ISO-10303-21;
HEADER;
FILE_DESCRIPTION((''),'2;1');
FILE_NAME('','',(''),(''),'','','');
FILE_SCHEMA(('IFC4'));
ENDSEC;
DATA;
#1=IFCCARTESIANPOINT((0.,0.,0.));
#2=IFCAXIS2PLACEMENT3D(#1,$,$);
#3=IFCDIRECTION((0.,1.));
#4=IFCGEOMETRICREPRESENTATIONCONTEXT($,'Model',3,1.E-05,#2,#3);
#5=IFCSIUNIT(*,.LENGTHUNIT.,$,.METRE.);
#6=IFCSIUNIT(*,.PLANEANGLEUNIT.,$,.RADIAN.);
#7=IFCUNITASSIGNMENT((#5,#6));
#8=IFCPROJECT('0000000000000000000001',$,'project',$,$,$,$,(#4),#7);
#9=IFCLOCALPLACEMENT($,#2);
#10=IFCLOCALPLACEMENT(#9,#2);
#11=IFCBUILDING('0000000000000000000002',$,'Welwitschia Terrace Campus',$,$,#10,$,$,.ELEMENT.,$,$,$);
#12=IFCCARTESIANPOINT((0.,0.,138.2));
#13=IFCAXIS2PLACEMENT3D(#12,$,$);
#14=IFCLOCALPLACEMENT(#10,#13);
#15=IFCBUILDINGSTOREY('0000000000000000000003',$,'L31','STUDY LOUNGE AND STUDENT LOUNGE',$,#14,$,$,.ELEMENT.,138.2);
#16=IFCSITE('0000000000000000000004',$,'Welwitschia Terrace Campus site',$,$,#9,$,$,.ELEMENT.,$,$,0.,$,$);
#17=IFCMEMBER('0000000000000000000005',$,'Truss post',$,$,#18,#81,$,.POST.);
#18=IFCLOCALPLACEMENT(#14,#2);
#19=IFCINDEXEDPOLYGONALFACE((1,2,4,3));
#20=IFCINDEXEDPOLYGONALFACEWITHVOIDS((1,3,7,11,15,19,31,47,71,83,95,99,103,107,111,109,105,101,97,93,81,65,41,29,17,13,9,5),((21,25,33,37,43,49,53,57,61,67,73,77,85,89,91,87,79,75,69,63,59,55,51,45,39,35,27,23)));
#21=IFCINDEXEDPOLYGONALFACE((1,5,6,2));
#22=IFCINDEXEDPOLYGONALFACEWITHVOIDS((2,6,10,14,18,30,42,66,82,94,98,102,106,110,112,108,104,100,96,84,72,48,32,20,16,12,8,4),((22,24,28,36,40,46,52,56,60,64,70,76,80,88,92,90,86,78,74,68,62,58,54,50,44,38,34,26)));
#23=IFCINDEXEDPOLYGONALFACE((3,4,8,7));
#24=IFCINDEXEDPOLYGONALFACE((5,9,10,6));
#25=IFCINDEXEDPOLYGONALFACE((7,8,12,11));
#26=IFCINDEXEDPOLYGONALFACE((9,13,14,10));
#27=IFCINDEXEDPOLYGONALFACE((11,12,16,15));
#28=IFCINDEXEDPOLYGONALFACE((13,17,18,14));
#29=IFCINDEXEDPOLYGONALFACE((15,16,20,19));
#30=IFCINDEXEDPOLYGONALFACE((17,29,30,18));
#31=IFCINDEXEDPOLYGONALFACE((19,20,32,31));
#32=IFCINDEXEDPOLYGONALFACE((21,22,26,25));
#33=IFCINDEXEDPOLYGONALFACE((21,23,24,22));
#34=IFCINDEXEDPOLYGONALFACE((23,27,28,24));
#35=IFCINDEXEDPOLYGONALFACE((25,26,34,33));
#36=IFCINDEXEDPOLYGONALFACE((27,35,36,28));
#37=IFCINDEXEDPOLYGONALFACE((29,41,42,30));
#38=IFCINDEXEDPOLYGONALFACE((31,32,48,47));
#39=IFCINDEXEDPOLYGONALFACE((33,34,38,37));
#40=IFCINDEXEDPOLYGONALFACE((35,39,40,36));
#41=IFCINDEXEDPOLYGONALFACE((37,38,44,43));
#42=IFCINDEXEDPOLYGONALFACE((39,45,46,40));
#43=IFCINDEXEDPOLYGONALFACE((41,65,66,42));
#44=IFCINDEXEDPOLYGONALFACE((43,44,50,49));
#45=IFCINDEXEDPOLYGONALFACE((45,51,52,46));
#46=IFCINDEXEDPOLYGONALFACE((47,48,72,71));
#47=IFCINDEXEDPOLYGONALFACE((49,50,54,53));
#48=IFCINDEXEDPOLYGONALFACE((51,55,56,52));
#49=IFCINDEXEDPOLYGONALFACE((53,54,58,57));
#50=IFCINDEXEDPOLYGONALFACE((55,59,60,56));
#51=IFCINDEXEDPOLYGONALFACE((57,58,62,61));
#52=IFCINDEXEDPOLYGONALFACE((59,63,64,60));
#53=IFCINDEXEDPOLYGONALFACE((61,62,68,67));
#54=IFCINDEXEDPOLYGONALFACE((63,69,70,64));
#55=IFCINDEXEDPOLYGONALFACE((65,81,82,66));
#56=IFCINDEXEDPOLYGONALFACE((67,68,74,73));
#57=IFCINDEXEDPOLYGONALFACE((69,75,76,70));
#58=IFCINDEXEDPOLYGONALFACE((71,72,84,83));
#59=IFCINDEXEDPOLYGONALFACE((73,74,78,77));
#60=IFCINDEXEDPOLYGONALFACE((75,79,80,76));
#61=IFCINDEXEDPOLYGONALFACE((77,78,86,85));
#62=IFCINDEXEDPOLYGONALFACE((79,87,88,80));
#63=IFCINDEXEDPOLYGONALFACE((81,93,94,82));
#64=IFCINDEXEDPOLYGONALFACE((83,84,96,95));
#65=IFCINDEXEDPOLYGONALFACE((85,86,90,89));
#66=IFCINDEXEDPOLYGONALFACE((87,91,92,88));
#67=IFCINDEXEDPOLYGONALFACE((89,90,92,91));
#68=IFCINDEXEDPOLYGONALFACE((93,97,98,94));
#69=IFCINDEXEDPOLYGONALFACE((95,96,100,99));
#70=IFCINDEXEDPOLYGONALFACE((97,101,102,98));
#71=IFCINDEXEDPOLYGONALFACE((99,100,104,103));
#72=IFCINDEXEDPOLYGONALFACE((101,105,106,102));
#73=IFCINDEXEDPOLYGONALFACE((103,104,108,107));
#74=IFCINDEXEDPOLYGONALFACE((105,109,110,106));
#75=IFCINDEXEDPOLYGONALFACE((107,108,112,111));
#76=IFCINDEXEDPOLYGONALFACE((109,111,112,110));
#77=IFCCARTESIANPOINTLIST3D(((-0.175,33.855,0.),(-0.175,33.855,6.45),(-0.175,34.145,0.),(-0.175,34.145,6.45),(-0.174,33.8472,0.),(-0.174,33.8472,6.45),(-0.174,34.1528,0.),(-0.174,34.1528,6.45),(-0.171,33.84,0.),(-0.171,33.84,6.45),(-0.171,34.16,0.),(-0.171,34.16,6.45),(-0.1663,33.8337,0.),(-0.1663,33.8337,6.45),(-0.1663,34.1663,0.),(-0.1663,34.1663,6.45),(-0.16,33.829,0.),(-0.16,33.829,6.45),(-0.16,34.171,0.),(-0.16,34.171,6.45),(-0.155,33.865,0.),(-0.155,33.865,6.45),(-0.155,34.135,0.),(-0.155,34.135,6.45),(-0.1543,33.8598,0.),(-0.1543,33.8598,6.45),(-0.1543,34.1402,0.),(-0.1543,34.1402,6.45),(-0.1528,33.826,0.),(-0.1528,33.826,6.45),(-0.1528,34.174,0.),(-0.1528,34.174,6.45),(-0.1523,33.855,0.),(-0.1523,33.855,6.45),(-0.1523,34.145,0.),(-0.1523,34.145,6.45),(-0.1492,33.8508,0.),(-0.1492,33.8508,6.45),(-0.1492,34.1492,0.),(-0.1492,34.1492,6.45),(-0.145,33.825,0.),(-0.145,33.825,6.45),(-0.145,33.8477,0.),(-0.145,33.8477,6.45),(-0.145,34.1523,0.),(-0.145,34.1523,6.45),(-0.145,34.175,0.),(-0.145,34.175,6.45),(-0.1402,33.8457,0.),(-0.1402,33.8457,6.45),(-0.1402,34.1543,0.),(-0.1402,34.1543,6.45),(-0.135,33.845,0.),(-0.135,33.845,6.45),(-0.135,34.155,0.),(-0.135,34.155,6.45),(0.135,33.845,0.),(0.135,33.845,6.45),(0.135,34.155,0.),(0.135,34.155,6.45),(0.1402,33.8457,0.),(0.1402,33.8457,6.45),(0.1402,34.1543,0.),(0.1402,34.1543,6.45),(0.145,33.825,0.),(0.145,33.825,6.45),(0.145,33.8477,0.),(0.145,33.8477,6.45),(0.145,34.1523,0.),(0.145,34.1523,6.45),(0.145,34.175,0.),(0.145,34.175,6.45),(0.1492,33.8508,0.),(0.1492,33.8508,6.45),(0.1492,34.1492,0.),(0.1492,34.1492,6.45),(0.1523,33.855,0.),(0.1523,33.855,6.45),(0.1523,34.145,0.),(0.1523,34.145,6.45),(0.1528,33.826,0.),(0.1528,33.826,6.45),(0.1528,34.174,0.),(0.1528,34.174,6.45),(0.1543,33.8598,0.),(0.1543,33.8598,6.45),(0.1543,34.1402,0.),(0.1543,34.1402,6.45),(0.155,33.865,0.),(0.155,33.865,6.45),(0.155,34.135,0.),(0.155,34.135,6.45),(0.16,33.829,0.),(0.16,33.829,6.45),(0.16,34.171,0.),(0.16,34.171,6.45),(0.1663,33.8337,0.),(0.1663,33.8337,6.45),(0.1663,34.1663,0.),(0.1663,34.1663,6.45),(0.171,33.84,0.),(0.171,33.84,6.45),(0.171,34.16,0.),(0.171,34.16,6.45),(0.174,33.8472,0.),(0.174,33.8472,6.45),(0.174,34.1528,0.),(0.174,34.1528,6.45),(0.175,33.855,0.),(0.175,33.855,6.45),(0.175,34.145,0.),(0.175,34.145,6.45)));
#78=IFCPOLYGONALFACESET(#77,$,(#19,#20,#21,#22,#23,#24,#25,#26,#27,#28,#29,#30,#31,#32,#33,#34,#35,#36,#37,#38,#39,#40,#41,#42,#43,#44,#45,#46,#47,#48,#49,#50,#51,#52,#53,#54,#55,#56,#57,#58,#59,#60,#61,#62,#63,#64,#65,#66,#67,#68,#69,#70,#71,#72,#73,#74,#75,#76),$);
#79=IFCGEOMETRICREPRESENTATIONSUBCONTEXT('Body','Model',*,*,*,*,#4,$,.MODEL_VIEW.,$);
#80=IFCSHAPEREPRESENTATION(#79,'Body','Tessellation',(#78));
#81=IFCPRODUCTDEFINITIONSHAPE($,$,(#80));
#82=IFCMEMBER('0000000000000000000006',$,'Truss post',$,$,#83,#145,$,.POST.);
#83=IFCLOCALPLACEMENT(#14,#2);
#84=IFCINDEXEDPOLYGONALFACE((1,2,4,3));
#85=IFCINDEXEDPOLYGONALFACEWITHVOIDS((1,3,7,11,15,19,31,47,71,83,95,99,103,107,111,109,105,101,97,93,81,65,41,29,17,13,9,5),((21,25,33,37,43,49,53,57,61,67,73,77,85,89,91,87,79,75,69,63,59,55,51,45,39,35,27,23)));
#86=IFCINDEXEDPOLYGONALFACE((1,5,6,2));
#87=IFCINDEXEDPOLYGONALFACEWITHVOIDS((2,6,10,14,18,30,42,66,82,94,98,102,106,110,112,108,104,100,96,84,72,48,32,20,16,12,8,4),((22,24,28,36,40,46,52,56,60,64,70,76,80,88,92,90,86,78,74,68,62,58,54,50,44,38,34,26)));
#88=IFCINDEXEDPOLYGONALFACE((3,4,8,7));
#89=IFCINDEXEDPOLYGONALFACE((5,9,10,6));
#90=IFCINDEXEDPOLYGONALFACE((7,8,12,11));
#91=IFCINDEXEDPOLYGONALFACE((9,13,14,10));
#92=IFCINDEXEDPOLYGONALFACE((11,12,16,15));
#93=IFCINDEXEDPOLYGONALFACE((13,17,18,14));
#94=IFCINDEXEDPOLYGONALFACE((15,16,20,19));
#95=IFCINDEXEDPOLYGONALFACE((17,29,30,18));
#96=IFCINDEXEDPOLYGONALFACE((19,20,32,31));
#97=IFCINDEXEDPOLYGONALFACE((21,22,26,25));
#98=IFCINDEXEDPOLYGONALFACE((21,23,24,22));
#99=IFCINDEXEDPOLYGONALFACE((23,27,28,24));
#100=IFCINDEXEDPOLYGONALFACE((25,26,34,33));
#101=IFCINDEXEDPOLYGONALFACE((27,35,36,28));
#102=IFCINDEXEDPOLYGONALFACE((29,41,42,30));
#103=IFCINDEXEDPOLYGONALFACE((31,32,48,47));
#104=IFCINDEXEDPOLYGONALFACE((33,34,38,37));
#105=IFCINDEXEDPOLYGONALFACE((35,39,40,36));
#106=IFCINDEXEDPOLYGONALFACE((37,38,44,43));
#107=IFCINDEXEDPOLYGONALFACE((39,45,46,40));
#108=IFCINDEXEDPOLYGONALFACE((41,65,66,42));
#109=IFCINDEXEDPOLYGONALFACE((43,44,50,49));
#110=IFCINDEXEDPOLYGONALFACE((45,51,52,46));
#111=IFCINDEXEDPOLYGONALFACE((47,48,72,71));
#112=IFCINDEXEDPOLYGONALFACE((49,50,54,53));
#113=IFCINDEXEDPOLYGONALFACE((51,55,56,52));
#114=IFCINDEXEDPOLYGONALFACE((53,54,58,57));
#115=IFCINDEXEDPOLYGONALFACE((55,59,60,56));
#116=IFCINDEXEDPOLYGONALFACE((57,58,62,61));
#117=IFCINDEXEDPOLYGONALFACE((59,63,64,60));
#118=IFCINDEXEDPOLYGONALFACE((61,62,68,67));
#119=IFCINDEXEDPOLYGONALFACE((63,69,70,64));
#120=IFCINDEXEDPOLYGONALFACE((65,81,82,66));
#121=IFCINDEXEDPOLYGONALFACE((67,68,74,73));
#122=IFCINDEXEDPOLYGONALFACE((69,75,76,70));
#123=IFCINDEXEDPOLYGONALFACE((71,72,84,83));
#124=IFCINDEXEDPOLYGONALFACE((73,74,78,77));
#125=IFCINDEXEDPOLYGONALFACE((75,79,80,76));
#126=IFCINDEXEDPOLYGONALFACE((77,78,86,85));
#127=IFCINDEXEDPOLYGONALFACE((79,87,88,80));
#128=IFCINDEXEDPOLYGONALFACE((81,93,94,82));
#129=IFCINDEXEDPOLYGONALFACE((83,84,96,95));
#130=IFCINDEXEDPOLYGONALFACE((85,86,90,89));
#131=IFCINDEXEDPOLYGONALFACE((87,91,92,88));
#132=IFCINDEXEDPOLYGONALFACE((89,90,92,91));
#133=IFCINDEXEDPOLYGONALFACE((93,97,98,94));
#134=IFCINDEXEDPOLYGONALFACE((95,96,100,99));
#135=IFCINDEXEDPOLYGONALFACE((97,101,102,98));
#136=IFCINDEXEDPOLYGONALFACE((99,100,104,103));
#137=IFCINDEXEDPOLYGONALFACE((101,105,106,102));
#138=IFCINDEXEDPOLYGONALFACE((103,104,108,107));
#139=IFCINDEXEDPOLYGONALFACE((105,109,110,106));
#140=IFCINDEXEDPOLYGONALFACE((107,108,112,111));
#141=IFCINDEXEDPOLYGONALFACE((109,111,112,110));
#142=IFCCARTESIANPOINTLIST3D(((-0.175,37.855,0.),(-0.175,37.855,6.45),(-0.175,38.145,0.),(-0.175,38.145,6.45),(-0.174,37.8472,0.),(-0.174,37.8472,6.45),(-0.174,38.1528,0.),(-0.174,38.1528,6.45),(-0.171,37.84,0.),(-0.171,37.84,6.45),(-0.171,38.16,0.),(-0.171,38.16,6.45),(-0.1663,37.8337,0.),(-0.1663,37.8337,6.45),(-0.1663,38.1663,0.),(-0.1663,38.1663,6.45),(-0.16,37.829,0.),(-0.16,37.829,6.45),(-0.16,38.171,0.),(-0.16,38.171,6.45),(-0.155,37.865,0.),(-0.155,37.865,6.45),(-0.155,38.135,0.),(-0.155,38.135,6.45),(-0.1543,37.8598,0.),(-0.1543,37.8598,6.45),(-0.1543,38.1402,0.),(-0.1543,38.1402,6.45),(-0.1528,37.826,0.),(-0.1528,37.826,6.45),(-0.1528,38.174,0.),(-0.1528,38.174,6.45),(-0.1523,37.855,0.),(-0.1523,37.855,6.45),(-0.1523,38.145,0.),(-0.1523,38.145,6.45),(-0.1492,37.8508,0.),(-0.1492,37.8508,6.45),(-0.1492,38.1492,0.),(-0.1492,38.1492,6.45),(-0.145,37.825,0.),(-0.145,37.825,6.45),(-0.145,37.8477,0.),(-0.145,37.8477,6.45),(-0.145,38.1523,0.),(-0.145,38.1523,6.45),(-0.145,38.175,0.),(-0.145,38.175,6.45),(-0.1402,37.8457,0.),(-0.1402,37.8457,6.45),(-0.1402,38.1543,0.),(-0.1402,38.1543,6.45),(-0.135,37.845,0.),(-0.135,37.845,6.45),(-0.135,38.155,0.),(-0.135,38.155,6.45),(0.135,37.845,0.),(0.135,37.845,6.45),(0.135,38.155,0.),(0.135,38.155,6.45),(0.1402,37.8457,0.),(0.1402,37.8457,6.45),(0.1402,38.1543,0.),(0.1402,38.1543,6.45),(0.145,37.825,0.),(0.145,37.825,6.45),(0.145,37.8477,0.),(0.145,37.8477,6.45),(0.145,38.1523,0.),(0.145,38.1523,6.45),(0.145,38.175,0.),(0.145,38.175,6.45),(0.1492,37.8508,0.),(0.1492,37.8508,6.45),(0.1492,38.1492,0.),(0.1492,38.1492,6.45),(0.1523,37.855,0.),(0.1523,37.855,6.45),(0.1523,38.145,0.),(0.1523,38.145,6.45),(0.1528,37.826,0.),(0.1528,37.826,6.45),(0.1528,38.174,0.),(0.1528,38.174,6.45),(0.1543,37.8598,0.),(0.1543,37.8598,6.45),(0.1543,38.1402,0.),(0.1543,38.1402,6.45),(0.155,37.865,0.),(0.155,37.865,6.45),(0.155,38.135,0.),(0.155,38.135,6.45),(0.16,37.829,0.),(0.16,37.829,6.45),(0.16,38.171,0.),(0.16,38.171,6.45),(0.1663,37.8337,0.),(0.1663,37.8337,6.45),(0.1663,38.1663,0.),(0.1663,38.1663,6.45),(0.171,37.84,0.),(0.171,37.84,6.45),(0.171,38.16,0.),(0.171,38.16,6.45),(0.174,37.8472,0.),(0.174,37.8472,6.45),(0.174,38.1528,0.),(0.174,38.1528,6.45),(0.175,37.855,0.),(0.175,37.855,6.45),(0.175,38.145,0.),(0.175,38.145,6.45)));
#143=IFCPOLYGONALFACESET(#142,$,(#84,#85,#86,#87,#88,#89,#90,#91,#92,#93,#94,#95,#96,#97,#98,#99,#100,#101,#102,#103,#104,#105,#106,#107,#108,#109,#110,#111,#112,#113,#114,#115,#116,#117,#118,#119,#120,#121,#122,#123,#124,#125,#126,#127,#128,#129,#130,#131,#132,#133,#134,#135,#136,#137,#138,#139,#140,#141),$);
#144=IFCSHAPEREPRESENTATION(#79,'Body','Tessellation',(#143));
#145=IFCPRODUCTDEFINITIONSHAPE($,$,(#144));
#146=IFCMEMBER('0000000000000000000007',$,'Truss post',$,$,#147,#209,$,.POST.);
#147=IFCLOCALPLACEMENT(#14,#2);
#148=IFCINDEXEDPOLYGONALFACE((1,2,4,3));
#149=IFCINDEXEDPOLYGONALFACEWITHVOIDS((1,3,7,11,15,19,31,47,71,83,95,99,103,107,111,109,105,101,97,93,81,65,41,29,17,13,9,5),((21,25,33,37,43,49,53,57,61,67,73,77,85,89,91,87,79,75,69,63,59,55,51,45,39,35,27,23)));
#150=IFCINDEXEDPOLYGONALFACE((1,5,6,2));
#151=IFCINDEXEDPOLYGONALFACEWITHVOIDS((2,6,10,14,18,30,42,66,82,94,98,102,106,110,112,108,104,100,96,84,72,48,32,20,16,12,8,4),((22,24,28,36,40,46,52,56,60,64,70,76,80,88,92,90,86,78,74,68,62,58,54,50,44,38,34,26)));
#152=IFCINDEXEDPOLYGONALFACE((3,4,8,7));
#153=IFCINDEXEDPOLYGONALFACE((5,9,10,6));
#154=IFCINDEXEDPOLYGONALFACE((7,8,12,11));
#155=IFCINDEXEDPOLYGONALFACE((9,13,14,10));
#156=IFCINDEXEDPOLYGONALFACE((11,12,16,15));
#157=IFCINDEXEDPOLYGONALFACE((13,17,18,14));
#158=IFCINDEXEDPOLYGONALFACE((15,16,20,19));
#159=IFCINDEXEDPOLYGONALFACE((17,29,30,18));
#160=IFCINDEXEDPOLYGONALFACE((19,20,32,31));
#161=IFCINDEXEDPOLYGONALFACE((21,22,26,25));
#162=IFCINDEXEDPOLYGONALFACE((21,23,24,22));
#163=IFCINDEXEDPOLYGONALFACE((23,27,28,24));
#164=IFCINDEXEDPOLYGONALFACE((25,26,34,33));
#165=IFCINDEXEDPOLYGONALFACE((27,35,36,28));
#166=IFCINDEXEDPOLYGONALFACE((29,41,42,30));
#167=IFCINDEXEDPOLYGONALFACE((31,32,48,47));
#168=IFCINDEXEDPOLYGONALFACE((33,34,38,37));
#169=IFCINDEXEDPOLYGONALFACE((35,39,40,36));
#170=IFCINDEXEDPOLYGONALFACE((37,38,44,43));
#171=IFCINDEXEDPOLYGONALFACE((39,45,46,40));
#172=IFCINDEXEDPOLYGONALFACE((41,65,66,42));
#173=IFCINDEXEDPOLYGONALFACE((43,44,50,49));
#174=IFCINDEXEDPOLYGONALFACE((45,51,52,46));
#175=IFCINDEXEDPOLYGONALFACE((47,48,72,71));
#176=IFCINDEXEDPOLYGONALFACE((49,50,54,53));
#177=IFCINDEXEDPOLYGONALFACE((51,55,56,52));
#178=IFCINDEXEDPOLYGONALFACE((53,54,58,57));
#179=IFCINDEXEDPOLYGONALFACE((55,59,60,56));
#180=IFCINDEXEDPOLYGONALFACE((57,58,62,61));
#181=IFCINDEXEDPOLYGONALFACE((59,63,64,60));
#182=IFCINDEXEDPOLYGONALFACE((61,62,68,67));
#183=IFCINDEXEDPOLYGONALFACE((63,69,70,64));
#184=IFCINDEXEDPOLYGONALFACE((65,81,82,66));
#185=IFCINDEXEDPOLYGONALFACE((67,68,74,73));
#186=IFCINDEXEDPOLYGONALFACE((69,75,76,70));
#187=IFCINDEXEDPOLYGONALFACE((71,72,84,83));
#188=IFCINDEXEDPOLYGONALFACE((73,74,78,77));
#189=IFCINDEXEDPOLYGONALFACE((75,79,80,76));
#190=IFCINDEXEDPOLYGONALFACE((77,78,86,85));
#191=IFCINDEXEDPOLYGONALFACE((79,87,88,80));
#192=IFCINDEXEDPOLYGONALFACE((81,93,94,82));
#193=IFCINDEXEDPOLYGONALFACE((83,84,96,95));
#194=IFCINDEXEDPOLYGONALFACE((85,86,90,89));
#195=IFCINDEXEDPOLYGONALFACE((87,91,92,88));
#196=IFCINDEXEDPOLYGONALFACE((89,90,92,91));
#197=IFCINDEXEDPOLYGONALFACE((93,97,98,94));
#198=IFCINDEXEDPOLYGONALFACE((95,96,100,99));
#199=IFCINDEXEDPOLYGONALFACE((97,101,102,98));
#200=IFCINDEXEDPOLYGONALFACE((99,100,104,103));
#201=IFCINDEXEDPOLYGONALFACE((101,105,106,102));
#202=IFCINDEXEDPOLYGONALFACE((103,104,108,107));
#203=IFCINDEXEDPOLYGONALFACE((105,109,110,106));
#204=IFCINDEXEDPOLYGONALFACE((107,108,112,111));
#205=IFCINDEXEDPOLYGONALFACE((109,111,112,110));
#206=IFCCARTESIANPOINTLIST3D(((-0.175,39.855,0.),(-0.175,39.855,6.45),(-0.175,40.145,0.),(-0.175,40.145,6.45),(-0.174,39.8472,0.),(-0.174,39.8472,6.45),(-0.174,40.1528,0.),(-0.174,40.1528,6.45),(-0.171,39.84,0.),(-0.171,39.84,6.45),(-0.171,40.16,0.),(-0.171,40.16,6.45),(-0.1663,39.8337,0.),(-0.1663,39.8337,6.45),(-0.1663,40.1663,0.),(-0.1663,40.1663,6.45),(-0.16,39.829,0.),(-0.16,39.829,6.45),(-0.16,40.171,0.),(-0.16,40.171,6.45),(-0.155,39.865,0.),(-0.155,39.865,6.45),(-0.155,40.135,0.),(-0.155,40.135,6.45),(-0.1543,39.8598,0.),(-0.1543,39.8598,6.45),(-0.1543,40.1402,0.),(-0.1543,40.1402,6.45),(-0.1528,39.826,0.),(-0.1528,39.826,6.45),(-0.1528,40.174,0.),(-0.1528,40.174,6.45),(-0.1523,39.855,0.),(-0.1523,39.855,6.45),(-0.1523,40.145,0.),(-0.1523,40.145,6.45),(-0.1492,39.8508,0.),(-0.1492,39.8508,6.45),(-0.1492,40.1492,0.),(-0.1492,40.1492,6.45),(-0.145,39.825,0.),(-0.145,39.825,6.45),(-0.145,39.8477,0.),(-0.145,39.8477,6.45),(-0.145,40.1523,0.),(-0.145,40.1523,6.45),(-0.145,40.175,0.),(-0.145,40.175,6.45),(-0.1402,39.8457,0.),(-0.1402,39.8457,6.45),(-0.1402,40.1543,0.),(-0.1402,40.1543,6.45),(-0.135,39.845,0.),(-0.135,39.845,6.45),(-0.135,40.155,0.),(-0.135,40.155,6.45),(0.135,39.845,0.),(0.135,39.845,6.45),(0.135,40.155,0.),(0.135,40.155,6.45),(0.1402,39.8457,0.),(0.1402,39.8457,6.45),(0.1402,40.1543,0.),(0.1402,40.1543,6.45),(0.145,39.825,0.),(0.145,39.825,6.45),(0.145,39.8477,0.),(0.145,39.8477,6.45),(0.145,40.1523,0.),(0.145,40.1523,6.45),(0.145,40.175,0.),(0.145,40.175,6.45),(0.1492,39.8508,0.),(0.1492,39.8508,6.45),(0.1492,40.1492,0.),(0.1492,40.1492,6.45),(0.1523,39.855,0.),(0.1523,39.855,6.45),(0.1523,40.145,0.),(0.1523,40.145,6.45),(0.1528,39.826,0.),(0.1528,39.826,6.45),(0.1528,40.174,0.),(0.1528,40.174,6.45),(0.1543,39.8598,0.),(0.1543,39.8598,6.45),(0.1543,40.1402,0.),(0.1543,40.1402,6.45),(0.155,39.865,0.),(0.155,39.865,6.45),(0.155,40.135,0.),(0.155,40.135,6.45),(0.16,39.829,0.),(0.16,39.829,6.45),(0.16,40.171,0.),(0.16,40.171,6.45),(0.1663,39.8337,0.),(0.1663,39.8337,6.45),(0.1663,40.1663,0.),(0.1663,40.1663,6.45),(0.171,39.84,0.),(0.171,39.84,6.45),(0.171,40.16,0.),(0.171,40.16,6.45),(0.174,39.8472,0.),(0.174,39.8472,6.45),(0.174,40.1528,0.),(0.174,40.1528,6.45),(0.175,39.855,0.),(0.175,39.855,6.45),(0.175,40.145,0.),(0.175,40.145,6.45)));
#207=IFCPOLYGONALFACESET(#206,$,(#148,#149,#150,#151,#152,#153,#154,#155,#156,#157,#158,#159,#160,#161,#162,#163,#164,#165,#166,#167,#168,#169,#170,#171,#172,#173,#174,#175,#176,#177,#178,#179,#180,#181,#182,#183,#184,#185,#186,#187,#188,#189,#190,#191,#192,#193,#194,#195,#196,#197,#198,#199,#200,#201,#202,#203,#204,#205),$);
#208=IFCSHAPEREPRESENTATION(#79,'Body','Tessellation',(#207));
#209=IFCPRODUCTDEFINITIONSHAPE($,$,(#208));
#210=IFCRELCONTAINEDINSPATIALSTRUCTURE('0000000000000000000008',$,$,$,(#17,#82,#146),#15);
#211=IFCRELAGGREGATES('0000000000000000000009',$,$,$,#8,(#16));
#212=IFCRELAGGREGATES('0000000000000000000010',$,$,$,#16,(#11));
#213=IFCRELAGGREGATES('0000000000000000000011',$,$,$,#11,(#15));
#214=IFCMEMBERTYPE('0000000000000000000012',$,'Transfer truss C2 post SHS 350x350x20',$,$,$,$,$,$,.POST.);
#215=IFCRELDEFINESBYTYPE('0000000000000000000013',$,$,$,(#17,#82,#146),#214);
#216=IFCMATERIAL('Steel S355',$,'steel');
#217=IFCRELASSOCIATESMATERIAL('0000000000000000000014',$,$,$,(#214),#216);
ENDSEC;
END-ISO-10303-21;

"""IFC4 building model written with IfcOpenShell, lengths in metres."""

from ifc_helpers import new_model, si_unit, direction, frame, origin, origin_2d, place, context, subcontext, project, spatial, hollow_rectangle, extrude, material, material_profile, profile_set, type_object, element, save


model = new_model("IFC4")

# Units and contexts
model_context = context("Model", 3, precision=1e-05, world=origin(), true_north=direction((0.0, 1.0)))
body_context = subcontext(model_context, "Body", "Model", "MODEL_VIEW")
ifc_project = project(units=[si_unit("LENGTHUNIT", "METRE"), si_unit("PLANEANGLEUNIT", "RADIAN")], contexts=[model_context])

# Site, building, storey
site_placement = place(None, origin())
site = spatial("IfcSite", under=ifc_project, at=site_placement, Name="Welwitschia Terrace Campus site", CompositionType="ELEMENT", RefElevation=0.0)
building_placement = place(site_placement, origin())
building = spatial("IfcBuilding", under=site, at=building_placement, Name="Welwitschia Terrace Campus", CompositionType="ELEMENT")
storey_placement = place(building_placement, frame((0.0, 0.0, 138.2)))
storey = spatial("IfcBuildingStorey", under=building, at=storey_placement, Name="L31", Description="STUDY LOUNGE AND STUDENT LOUNGE", CompositionType="ELEMENT", Elevation=138.2)

# Members
ifc_material_1 = material(Name="Steel S355", Category="steel")
ifc_material_profile_1 = material_profile(ifc_material_1, hollow_rectangle(XDim=0.3501, YDim=0.3501, WallThickness=0.02, InnerFilletRadius=0.02, OuterFilletRadius=0.03, at=origin_2d()))
ifc_profile_set_1 = profile_set([ifc_material_profile_1], Name="Steel S355")
member_type_1 = type_object("IfcMemberType", Name="Transfer truss C2 post SHS 350x350x20", PredefinedType="POST", material=ifc_profile_set_1)
for number, where, z_axis, x_axis, name in (
    (1, (0.0, 34.0, 0.0), (0.0, 0.0, 1.0), (1.0, 0.0, 0.0), "Truss post"),
    (2, (0.0, 38.0, 0.0), (0.0, 0.0, 1.0), (1.0, 0.0, 0.0), "Truss post"),
    (3, (0.0, 40.0, 0.0), (0.0, 0.0, 1.0), (1.0, 0.0, 0.0), "Truss post"),
):
    element("IfcMember", number, at=place(storey_placement, frame(where, z_axis=z_axis, x_axis=x_axis)), inside=storey, type_object=member_type_1, Name=name, PredefinedType="POST", context=body_context, shape_type="SweptSolid", body=[
        extrude(hollow_rectangle(XDim=0.3501, YDim=0.3501, WallThickness=0.02, InnerFilletRadius=0.02, OuterFilletRadius=0.03, at=origin_2d()), origin(), (0.0, 0.0, 1.0), 6.45),
    ])

save(model, "model.ifc")
